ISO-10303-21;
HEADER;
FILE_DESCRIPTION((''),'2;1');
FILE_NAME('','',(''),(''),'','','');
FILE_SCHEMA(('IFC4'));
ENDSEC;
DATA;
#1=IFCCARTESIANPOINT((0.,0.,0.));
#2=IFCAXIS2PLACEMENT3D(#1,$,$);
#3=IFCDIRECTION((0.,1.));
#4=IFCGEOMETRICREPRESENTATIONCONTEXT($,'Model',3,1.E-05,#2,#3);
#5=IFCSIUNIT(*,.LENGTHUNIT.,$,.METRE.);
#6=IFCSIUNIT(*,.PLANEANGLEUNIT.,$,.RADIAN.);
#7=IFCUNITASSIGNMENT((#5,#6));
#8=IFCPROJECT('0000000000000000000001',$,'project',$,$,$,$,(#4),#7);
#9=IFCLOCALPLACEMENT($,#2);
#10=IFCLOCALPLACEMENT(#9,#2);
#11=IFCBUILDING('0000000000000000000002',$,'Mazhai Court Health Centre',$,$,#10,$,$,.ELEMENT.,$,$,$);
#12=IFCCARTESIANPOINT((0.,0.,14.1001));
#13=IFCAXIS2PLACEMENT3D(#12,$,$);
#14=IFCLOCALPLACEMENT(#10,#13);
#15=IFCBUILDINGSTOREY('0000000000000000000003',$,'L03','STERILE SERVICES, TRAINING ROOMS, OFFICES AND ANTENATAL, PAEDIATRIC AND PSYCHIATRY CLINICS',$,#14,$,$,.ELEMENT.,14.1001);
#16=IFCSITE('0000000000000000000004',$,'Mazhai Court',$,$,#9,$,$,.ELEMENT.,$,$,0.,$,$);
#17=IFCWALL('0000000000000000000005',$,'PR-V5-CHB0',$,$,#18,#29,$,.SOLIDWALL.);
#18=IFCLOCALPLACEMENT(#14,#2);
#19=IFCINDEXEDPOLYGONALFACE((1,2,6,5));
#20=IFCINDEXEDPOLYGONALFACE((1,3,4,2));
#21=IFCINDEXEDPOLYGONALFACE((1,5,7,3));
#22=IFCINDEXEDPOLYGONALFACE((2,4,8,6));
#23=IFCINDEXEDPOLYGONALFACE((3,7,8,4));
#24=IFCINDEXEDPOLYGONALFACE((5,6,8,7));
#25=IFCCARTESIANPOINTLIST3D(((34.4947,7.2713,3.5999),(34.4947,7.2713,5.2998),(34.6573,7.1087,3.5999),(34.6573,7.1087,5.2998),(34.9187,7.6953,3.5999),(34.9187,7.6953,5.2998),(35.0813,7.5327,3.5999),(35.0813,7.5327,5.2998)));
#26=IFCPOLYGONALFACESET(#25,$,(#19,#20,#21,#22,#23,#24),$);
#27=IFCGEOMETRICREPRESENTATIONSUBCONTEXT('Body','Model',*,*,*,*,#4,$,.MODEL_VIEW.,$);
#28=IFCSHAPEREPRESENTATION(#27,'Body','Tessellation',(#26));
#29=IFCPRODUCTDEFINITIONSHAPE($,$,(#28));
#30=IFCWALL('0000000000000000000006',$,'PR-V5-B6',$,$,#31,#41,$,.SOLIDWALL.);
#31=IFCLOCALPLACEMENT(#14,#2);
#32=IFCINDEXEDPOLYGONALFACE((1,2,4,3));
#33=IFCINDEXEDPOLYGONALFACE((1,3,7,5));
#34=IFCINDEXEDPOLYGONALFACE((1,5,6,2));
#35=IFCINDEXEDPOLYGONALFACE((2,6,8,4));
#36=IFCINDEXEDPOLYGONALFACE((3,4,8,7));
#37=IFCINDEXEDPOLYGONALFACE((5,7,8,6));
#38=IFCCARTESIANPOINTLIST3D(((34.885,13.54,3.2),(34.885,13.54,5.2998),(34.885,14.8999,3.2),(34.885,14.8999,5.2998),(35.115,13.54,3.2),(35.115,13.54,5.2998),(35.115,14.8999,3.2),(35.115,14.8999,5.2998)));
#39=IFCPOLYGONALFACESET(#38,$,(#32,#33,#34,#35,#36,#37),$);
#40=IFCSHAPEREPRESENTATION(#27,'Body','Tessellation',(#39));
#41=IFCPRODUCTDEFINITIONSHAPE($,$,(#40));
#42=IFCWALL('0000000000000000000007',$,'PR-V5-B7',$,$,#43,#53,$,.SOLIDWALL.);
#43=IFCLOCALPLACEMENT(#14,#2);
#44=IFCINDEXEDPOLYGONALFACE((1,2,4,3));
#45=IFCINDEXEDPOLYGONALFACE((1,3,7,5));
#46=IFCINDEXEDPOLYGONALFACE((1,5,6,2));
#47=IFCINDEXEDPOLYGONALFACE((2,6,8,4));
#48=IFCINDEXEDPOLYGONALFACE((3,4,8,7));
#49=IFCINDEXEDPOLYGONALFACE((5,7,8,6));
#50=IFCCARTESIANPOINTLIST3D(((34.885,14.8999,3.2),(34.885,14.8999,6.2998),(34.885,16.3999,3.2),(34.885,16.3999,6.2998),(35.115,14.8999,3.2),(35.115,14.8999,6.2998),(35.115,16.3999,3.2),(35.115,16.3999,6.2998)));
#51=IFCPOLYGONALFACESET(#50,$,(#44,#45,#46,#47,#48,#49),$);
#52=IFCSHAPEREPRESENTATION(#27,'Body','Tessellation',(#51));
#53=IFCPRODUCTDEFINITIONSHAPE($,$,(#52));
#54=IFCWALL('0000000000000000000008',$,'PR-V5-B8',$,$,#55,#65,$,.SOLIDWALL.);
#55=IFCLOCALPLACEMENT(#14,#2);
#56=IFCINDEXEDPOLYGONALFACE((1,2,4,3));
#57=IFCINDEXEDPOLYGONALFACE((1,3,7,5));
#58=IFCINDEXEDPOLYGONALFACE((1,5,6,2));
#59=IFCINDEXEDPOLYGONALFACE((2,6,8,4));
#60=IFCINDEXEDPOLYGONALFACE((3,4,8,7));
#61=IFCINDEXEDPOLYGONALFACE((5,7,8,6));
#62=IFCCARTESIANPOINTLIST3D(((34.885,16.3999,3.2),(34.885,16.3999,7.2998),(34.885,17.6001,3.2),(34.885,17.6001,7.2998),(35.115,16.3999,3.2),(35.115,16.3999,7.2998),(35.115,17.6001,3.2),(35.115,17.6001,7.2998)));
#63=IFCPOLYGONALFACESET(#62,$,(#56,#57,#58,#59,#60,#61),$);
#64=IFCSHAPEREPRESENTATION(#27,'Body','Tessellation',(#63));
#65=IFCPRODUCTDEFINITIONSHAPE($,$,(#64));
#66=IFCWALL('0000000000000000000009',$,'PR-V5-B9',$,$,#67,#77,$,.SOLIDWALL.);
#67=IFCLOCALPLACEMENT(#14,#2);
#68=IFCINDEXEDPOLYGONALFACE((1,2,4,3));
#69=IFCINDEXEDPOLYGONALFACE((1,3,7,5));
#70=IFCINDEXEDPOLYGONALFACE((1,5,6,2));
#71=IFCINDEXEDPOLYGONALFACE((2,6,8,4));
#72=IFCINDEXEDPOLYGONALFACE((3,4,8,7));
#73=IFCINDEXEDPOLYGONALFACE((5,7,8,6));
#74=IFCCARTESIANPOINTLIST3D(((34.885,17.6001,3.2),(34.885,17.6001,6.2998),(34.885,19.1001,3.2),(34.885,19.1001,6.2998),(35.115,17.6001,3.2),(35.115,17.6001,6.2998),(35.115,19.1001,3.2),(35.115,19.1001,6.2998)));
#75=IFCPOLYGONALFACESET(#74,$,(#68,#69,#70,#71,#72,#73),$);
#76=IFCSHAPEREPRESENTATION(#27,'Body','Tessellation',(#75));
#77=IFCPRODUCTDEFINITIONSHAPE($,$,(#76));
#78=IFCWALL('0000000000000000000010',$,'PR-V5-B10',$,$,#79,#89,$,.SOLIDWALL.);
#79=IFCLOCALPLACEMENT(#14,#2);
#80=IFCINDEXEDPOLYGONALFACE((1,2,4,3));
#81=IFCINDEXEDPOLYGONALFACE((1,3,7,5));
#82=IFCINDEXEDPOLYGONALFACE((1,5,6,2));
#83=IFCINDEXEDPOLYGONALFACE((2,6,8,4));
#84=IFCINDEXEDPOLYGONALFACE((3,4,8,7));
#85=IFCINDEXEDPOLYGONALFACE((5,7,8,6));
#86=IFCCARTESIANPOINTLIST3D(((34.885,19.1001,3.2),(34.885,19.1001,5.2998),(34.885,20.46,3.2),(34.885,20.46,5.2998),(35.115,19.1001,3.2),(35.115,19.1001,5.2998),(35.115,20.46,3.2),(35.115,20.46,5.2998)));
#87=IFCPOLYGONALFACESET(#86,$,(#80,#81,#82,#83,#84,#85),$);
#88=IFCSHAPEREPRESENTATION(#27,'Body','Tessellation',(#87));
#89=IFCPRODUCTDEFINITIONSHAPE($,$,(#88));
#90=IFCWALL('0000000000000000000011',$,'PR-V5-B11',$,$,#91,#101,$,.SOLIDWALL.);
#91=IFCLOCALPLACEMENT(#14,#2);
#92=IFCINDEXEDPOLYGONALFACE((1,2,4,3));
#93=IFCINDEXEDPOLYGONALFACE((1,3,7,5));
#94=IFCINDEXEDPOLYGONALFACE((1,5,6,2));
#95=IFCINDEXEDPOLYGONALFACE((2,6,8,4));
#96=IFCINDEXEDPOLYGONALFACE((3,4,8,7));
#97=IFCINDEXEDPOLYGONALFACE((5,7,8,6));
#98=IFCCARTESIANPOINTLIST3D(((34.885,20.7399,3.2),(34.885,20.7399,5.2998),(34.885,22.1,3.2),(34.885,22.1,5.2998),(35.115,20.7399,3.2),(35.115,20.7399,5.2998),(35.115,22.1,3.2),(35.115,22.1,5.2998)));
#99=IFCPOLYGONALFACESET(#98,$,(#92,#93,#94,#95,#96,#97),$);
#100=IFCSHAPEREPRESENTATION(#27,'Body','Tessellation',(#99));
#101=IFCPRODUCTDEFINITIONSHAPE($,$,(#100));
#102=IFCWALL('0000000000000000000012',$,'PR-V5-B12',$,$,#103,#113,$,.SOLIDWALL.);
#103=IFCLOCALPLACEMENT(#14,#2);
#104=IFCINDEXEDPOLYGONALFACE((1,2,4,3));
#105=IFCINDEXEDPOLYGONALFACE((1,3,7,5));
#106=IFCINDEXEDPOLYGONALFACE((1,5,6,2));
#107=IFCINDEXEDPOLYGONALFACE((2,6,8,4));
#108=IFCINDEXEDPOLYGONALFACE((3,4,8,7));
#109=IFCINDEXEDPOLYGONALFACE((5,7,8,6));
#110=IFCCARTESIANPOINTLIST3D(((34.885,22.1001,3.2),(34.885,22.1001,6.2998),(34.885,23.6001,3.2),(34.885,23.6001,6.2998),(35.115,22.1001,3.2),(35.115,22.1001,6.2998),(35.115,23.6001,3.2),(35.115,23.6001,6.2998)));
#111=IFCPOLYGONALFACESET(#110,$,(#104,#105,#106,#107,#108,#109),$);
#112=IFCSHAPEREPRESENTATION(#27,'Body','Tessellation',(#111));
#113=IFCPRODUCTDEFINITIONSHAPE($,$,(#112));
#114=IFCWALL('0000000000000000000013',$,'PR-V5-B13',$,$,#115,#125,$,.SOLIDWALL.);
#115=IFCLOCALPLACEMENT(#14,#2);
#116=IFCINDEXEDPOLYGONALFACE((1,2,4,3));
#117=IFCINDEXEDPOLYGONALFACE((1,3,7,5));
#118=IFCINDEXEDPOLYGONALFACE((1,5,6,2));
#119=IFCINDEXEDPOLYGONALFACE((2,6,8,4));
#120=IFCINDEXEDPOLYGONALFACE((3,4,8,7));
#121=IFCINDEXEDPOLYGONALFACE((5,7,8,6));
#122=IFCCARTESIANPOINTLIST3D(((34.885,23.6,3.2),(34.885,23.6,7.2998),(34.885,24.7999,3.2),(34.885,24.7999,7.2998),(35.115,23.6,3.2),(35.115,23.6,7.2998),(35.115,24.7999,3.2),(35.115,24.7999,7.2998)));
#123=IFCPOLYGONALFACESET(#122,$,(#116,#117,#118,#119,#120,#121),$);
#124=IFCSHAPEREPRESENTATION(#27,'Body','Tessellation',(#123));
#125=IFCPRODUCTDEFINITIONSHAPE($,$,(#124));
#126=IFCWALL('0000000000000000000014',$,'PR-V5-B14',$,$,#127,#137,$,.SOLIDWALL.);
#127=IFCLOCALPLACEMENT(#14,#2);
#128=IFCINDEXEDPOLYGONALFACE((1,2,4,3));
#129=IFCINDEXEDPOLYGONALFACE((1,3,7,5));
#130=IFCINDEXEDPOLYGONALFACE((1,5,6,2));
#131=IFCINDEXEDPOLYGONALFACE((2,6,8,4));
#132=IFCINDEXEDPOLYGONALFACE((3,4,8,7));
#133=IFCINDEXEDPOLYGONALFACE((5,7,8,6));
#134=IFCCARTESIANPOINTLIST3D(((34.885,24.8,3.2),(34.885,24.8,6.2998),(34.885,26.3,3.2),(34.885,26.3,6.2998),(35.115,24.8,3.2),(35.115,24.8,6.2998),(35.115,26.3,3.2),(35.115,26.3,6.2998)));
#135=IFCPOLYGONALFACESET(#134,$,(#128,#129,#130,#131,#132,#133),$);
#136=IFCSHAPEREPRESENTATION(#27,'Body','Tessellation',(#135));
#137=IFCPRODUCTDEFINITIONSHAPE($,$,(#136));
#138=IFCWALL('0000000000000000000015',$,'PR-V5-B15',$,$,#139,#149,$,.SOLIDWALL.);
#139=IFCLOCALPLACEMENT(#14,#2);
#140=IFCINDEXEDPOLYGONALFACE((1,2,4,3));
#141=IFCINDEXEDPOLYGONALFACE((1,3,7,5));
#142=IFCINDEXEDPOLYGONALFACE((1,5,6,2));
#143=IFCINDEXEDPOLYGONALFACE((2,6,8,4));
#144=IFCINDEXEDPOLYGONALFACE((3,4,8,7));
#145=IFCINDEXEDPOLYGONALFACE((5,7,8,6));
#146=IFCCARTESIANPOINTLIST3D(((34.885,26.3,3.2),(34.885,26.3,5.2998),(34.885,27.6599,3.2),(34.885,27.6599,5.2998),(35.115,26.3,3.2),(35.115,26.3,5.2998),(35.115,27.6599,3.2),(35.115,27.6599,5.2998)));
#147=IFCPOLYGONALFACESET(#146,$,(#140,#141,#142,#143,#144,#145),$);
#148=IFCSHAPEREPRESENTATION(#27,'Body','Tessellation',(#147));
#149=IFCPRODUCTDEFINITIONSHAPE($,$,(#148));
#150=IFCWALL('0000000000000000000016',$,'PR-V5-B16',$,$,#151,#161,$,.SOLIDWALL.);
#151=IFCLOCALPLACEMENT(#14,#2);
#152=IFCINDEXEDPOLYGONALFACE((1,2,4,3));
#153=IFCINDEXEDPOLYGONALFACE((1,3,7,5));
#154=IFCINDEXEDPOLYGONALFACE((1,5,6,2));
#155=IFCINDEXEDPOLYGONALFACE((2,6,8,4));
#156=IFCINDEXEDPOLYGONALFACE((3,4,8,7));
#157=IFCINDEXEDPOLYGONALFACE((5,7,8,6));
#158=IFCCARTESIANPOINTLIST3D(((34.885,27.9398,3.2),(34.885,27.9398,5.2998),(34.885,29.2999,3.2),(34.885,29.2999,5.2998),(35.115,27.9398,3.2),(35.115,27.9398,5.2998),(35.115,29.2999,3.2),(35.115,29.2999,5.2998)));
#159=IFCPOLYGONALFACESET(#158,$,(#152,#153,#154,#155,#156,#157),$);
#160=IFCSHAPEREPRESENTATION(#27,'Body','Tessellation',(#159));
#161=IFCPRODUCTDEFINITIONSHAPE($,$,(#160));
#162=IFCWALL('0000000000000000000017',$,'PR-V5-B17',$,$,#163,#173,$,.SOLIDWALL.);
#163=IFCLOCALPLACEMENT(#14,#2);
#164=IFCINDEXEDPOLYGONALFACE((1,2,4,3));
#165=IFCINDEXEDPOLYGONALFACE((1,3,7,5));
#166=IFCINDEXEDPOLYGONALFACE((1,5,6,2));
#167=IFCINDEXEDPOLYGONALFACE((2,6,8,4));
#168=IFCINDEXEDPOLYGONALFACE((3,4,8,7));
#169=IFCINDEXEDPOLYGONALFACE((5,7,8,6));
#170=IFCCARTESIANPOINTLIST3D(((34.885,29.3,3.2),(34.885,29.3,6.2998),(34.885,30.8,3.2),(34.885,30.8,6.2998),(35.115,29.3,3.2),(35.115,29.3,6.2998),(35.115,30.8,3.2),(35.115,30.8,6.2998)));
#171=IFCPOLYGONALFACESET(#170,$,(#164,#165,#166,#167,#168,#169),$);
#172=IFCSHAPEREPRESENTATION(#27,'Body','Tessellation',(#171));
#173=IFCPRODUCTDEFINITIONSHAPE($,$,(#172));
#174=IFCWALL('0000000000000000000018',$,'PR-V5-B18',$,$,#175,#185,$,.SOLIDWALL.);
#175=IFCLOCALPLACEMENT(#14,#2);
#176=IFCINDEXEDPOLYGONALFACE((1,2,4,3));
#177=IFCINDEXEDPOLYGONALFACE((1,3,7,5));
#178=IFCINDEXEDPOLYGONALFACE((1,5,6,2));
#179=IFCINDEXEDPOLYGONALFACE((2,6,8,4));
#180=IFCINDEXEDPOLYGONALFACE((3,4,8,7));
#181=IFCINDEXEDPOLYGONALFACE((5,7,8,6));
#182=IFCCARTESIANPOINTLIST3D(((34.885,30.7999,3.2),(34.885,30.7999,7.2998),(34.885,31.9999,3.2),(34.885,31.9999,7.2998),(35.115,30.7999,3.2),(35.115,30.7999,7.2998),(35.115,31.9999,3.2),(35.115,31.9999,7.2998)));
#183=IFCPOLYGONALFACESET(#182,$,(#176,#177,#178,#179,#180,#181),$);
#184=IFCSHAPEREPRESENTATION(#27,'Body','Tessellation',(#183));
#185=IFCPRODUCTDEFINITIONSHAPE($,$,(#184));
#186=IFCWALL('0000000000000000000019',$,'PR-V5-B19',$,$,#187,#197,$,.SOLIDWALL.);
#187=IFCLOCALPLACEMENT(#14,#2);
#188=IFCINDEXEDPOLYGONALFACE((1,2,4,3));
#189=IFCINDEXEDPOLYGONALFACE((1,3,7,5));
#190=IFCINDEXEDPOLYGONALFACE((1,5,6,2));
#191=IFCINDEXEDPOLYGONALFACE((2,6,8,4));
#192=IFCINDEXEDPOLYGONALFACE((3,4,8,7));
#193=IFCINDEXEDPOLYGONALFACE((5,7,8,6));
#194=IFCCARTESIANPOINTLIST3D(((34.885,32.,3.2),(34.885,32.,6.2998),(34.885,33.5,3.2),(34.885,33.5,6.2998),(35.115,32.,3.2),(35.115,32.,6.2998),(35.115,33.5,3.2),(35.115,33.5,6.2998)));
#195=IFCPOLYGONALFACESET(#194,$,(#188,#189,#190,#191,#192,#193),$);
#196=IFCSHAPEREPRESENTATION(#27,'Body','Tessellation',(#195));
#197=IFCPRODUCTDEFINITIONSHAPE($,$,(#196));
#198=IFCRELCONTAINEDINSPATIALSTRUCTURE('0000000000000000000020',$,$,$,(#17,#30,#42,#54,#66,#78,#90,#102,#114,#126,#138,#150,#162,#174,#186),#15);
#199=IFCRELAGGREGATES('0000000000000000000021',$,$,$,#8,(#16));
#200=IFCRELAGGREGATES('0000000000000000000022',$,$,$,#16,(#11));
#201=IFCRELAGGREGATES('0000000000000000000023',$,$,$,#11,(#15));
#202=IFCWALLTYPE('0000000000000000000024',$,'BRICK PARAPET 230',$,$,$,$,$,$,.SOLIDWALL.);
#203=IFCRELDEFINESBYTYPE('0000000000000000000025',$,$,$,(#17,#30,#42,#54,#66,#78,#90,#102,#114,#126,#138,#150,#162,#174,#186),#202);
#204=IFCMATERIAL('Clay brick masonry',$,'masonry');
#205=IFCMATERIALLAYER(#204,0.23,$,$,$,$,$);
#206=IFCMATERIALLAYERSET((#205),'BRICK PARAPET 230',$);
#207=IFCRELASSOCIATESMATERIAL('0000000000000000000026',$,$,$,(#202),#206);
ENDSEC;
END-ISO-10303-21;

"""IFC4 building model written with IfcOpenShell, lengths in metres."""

from ifc_helpers import new_model, si_unit, direction, frame, frame_2d, origin, place, context, subcontext, project, spatial, rectangle, extrude, material, layer, layer_set, type_object, element, save


model = new_model("IFC4")

# Units and contexts
model_context = context("Model", 3, precision=1e-05, world=origin(), true_north=direction((0.0, 1.0)))
body_context = subcontext(model_context, "Body", "Model", "MODEL_VIEW")
ifc_project = project(units=[si_unit("LENGTHUNIT", "METRE"), si_unit("PLANEANGLEUNIT", "RADIAN")], contexts=[model_context])

# Site, building, storey
site_placement = place(None, origin())
site = spatial("IfcSite", under=ifc_project, at=site_placement, Name="Mazhai Court", CompositionType="ELEMENT", RefElevation=0.0)
building_placement = place(site_placement, origin())
building = spatial("IfcBuilding", under=site, at=building_placement, Name="Mazhai Court Health Centre", CompositionType="ELEMENT")
storey_placement = place(building_placement, frame((0.0, 0.0, 14.1001)))
storey = spatial("IfcBuildingStorey", under=building, at=storey_placement, Name="L03", Description="STERILE SERVICES, TRAINING ROOMS, OFFICES AND ANTENATAL, PAEDIATRIC AND PSYCHIATRY CLINICS", CompositionType="ELEMENT", Elevation=14.1001)

# Walls
ifc_material_1 = material(Name="Clay brick masonry", Category="masonry")
ifc_layer = layer(ifc_material_1, 0.23)
ifc_layer_set = layer_set([ifc_layer], Name="BRICK PARAPET 230")
wall_type = type_object("IfcWallType", Name="BRICK PARAPET 230", PredefinedType="SOLIDWALL", material=ifc_layer_set)
wall_1_placement = place(storey_placement, frame((35.0, 7.614, 3.5999), z_axis=(0.0, 0.0, 1.0), x_axis=(-0.707107, -0.707107, 0.0)))
element("IfcWall", 1, at=wall_1_placement, inside=storey, type_object=wall_type, Name="PR-V5-CHB0", PredefinedType="SOLIDWALL", context=body_context, shape_type="SweptSolid", body=[
    extrude(rectangle(XDim=0.5996, YDim=0.23, at=frame_2d((0.2998, 0.0))), origin(), (0.0, 0.0, 1.0), 1.7),
])
wall_2_placement = place(storey_placement, frame((35.0, 14.8999, 3.2), z_axis=(0.0, 0.0, 1.0), x_axis=(0.0, -1.0, 0.0)))
element("IfcWall", 2, at=wall_2_placement, inside=storey, type_object=wall_type, Name="PR-V5-B6", PredefinedType="SOLIDWALL", context=body_context, shape_type="SweptSolid", body=[
    extrude(rectangle(XDim=1.3599, YDim=0.23, at=frame_2d((0.6799, 0.0))), origin(), (0.0, 0.0, 1.0), 2.0999),
])
wall_3_placement = place(storey_placement, frame((35.0, 16.3999, 3.2), z_axis=(0.0, 0.0, 1.0), x_axis=(0.0, -1.0, 0.0)))
element("IfcWall", 3, at=wall_3_placement, inside=storey, type_object=wall_type, Name="PR-V5-B7", PredefinedType="SOLIDWALL", context=body_context, shape_type="SweptSolid", body=[
    extrude(rectangle(XDim=1.5, YDim=0.23, at=frame_2d((0.75, 0.0))), origin(), (0.0, 0.0, 1.0), 3.0999),
])
wall_4_placement = place(storey_placement, frame((35.0, 17.6001, 3.2), z_axis=(0.0, 0.0, 1.0), x_axis=(0.0, -1.0, 0.0)))
element("IfcWall", 4, at=wall_4_placement, inside=storey, type_object=wall_type, Name="PR-V5-B8", PredefinedType="SOLIDWALL", context=body_context, shape_type="SweptSolid", body=[
    extrude(rectangle(XDim=1.2002, YDim=0.23, at=frame_2d((0.6001, 0.0))), origin(), (0.0, 0.0, 1.0), 4.0999),
])
wall_5_placement = place(storey_placement, frame((35.0, 19.1001, 3.2), z_axis=(0.0, 0.0, 1.0), x_axis=(0.0, -1.0, 0.0)))
element("IfcWall", 5, at=wall_5_placement, inside=storey, type_object=wall_type, Name="PR-V5-B9", PredefinedType="SOLIDWALL", context=body_context, shape_type="SweptSolid", body=[
    extrude(rectangle(XDim=1.5, YDim=0.23, at=frame_2d((0.75, 0.0))), origin(), (0.0, 0.0, 1.0), 3.0999),
])
wall_6_placement = place(storey_placement, frame((35.0, 20.46, 3.2), z_axis=(0.0, 0.0, 1.0), x_axis=(0.0, -1.0, 0.0)))
element("IfcWall", 6, at=wall_6_placement, inside=storey, type_object=wall_type, Name="PR-V5-B10", PredefinedType="SOLIDWALL", context=body_context, shape_type="SweptSolid", body=[
    extrude(rectangle(XDim=1.3599, YDim=0.23, at=frame_2d((0.6799, 0.0))), origin(), (0.0, 0.0, 1.0), 2.0999),
])
wall_7_placement = place(storey_placement, frame((35.0, 22.1001, 3.2), z_axis=(0.0, 0.0, 1.0), x_axis=(0.0, -1.0, 0.0)))
element("IfcWall", 7, at=wall_7_placement, inside=storey, type_object=wall_type, Name="PR-V5-B11", PredefinedType="SOLIDWALL", context=body_context, shape_type="SweptSolid", body=[
    extrude(rectangle(XDim=1.3601, YDim=0.23, at=frame_2d((0.6802, 0.0))), origin(), (0.0, 0.0, 1.0), 2.0999),
])
wall_8_placement = place(storey_placement, frame((35.0, 23.6001, 3.2), z_axis=(0.0, 0.0, 1.0), x_axis=(0.0, -1.0, 0.0)))
element("IfcWall", 8, at=wall_8_placement, inside=storey, type_object=wall_type, Name="PR-V5-B12", PredefinedType="SOLIDWALL", context=body_context, shape_type="SweptSolid", body=[
    extrude(rectangle(XDim=1.5, YDim=0.23, at=frame_2d((0.75, 0.0))), origin(), (0.0, 0.0, 1.0), 3.0999),
])
wall_9_placement = place(storey_placement, frame((35.0, 24.8, 3.2), z_axis=(0.0, 0.0, 1.0), x_axis=(0.0, -1.0, 0.0)))
element("IfcWall", 9, at=wall_9_placement, inside=storey, type_object=wall_type, Name="PR-V5-B13", PredefinedType="SOLIDWALL", context=body_context, shape_type="SweptSolid", body=[
    extrude(rectangle(XDim=1.2, YDim=0.23, at=frame_2d((0.6001, 0.0))), origin(), (0.0, 0.0, 1.0), 4.0999),
])
wall_10_placement = place(storey_placement, frame((35.0, 26.3, 3.2), z_axis=(0.0, 0.0, 1.0), x_axis=(0.0, -1.0, 0.0)))
element("IfcWall", 10, at=wall_10_placement, inside=storey, type_object=wall_type, Name="PR-V5-B14", PredefinedType="SOLIDWALL", context=body_context, shape_type="SweptSolid", body=[
    extrude(rectangle(XDim=1.5, YDim=0.23, at=frame_2d((0.75, 0.0))), origin(), (0.0, 0.0, 1.0), 3.0999),
])
wall_11_placement = place(storey_placement, frame((35.0, 27.6599, 3.2), z_axis=(0.0, 0.0, 1.0), x_axis=(0.0, -1.0, 0.0)))
element("IfcWall", 11, at=wall_11_placement, inside=storey, type_object=wall_type, Name="PR-V5-B15", PredefinedType="SOLIDWALL", context=body_context, shape_type="SweptSolid", body=[
    extrude(rectangle(XDim=1.3599, YDim=0.23, at=frame_2d((0.6799, 0.0))), origin(), (0.0, 0.0, 1.0), 2.0999),
])
wall_12_placement = place(storey_placement, frame((35.0, 29.3, 3.2), z_axis=(0.0, 0.0, 1.0), x_axis=(0.0, -1.0, 0.0)))
element("IfcWall", 12, at=wall_12_placement, inside=storey, type_object=wall_type, Name="PR-V5-B16", PredefinedType="SOLIDWALL", context=body_context, shape_type="SweptSolid", body=[
    extrude(rectangle(XDim=1.3601, YDim=0.23, at=frame_2d((0.6802, 0.0))), origin(), (0.0, 0.0, 1.0), 2.0999),
])
wall_13_placement = place(storey_placement, frame((35.0, 30.8, 3.2), z_axis=(0.0, 0.0, 1.0), x_axis=(0.0, -1.0, 0.0)))
element("IfcWall", 13, at=wall_13_placement, inside=storey, type_object=wall_type, Name="PR-V5-B17", PredefinedType="SOLIDWALL", context=body_context, shape_type="SweptSolid", body=[
    extrude(rectangle(XDim=1.5, YDim=0.23, at=frame_2d((0.75, 0.0))), origin(), (0.0, 0.0, 1.0), 3.0999),
])
wall_14_placement = place(storey_placement, frame((35.0, 32.0, 3.2), z_axis=(0.0, 0.0, 1.0), x_axis=(0.0, -1.0, 0.0)))
element("IfcWall", 14, at=wall_14_placement, inside=storey, type_object=wall_type, Name="PR-V5-B18", PredefinedType="SOLIDWALL", context=body_context, shape_type="SweptSolid", body=[
    extrude(rectangle(XDim=1.2, YDim=0.23, at=frame_2d((0.6001, 0.0))), origin(), (0.0, 0.0, 1.0), 4.0999),
])
wall_15_placement = place(storey_placement, frame((35.0, 33.5, 3.2), z_axis=(0.0, 0.0, 1.0), x_axis=(0.0, -1.0, 0.0)))
element("IfcWall", 15, at=wall_15_placement, inside=storey, type_object=wall_type, Name="PR-V5-B19", PredefinedType="SOLIDWALL", context=body_context, shape_type="SweptSolid", body=[
    extrude(rectangle(XDim=1.5, YDim=0.23, at=frame_2d((0.75, 0.0))), origin(), (0.0, 0.0, 1.0), 3.0999),
])

save(model, "model.ifc")
